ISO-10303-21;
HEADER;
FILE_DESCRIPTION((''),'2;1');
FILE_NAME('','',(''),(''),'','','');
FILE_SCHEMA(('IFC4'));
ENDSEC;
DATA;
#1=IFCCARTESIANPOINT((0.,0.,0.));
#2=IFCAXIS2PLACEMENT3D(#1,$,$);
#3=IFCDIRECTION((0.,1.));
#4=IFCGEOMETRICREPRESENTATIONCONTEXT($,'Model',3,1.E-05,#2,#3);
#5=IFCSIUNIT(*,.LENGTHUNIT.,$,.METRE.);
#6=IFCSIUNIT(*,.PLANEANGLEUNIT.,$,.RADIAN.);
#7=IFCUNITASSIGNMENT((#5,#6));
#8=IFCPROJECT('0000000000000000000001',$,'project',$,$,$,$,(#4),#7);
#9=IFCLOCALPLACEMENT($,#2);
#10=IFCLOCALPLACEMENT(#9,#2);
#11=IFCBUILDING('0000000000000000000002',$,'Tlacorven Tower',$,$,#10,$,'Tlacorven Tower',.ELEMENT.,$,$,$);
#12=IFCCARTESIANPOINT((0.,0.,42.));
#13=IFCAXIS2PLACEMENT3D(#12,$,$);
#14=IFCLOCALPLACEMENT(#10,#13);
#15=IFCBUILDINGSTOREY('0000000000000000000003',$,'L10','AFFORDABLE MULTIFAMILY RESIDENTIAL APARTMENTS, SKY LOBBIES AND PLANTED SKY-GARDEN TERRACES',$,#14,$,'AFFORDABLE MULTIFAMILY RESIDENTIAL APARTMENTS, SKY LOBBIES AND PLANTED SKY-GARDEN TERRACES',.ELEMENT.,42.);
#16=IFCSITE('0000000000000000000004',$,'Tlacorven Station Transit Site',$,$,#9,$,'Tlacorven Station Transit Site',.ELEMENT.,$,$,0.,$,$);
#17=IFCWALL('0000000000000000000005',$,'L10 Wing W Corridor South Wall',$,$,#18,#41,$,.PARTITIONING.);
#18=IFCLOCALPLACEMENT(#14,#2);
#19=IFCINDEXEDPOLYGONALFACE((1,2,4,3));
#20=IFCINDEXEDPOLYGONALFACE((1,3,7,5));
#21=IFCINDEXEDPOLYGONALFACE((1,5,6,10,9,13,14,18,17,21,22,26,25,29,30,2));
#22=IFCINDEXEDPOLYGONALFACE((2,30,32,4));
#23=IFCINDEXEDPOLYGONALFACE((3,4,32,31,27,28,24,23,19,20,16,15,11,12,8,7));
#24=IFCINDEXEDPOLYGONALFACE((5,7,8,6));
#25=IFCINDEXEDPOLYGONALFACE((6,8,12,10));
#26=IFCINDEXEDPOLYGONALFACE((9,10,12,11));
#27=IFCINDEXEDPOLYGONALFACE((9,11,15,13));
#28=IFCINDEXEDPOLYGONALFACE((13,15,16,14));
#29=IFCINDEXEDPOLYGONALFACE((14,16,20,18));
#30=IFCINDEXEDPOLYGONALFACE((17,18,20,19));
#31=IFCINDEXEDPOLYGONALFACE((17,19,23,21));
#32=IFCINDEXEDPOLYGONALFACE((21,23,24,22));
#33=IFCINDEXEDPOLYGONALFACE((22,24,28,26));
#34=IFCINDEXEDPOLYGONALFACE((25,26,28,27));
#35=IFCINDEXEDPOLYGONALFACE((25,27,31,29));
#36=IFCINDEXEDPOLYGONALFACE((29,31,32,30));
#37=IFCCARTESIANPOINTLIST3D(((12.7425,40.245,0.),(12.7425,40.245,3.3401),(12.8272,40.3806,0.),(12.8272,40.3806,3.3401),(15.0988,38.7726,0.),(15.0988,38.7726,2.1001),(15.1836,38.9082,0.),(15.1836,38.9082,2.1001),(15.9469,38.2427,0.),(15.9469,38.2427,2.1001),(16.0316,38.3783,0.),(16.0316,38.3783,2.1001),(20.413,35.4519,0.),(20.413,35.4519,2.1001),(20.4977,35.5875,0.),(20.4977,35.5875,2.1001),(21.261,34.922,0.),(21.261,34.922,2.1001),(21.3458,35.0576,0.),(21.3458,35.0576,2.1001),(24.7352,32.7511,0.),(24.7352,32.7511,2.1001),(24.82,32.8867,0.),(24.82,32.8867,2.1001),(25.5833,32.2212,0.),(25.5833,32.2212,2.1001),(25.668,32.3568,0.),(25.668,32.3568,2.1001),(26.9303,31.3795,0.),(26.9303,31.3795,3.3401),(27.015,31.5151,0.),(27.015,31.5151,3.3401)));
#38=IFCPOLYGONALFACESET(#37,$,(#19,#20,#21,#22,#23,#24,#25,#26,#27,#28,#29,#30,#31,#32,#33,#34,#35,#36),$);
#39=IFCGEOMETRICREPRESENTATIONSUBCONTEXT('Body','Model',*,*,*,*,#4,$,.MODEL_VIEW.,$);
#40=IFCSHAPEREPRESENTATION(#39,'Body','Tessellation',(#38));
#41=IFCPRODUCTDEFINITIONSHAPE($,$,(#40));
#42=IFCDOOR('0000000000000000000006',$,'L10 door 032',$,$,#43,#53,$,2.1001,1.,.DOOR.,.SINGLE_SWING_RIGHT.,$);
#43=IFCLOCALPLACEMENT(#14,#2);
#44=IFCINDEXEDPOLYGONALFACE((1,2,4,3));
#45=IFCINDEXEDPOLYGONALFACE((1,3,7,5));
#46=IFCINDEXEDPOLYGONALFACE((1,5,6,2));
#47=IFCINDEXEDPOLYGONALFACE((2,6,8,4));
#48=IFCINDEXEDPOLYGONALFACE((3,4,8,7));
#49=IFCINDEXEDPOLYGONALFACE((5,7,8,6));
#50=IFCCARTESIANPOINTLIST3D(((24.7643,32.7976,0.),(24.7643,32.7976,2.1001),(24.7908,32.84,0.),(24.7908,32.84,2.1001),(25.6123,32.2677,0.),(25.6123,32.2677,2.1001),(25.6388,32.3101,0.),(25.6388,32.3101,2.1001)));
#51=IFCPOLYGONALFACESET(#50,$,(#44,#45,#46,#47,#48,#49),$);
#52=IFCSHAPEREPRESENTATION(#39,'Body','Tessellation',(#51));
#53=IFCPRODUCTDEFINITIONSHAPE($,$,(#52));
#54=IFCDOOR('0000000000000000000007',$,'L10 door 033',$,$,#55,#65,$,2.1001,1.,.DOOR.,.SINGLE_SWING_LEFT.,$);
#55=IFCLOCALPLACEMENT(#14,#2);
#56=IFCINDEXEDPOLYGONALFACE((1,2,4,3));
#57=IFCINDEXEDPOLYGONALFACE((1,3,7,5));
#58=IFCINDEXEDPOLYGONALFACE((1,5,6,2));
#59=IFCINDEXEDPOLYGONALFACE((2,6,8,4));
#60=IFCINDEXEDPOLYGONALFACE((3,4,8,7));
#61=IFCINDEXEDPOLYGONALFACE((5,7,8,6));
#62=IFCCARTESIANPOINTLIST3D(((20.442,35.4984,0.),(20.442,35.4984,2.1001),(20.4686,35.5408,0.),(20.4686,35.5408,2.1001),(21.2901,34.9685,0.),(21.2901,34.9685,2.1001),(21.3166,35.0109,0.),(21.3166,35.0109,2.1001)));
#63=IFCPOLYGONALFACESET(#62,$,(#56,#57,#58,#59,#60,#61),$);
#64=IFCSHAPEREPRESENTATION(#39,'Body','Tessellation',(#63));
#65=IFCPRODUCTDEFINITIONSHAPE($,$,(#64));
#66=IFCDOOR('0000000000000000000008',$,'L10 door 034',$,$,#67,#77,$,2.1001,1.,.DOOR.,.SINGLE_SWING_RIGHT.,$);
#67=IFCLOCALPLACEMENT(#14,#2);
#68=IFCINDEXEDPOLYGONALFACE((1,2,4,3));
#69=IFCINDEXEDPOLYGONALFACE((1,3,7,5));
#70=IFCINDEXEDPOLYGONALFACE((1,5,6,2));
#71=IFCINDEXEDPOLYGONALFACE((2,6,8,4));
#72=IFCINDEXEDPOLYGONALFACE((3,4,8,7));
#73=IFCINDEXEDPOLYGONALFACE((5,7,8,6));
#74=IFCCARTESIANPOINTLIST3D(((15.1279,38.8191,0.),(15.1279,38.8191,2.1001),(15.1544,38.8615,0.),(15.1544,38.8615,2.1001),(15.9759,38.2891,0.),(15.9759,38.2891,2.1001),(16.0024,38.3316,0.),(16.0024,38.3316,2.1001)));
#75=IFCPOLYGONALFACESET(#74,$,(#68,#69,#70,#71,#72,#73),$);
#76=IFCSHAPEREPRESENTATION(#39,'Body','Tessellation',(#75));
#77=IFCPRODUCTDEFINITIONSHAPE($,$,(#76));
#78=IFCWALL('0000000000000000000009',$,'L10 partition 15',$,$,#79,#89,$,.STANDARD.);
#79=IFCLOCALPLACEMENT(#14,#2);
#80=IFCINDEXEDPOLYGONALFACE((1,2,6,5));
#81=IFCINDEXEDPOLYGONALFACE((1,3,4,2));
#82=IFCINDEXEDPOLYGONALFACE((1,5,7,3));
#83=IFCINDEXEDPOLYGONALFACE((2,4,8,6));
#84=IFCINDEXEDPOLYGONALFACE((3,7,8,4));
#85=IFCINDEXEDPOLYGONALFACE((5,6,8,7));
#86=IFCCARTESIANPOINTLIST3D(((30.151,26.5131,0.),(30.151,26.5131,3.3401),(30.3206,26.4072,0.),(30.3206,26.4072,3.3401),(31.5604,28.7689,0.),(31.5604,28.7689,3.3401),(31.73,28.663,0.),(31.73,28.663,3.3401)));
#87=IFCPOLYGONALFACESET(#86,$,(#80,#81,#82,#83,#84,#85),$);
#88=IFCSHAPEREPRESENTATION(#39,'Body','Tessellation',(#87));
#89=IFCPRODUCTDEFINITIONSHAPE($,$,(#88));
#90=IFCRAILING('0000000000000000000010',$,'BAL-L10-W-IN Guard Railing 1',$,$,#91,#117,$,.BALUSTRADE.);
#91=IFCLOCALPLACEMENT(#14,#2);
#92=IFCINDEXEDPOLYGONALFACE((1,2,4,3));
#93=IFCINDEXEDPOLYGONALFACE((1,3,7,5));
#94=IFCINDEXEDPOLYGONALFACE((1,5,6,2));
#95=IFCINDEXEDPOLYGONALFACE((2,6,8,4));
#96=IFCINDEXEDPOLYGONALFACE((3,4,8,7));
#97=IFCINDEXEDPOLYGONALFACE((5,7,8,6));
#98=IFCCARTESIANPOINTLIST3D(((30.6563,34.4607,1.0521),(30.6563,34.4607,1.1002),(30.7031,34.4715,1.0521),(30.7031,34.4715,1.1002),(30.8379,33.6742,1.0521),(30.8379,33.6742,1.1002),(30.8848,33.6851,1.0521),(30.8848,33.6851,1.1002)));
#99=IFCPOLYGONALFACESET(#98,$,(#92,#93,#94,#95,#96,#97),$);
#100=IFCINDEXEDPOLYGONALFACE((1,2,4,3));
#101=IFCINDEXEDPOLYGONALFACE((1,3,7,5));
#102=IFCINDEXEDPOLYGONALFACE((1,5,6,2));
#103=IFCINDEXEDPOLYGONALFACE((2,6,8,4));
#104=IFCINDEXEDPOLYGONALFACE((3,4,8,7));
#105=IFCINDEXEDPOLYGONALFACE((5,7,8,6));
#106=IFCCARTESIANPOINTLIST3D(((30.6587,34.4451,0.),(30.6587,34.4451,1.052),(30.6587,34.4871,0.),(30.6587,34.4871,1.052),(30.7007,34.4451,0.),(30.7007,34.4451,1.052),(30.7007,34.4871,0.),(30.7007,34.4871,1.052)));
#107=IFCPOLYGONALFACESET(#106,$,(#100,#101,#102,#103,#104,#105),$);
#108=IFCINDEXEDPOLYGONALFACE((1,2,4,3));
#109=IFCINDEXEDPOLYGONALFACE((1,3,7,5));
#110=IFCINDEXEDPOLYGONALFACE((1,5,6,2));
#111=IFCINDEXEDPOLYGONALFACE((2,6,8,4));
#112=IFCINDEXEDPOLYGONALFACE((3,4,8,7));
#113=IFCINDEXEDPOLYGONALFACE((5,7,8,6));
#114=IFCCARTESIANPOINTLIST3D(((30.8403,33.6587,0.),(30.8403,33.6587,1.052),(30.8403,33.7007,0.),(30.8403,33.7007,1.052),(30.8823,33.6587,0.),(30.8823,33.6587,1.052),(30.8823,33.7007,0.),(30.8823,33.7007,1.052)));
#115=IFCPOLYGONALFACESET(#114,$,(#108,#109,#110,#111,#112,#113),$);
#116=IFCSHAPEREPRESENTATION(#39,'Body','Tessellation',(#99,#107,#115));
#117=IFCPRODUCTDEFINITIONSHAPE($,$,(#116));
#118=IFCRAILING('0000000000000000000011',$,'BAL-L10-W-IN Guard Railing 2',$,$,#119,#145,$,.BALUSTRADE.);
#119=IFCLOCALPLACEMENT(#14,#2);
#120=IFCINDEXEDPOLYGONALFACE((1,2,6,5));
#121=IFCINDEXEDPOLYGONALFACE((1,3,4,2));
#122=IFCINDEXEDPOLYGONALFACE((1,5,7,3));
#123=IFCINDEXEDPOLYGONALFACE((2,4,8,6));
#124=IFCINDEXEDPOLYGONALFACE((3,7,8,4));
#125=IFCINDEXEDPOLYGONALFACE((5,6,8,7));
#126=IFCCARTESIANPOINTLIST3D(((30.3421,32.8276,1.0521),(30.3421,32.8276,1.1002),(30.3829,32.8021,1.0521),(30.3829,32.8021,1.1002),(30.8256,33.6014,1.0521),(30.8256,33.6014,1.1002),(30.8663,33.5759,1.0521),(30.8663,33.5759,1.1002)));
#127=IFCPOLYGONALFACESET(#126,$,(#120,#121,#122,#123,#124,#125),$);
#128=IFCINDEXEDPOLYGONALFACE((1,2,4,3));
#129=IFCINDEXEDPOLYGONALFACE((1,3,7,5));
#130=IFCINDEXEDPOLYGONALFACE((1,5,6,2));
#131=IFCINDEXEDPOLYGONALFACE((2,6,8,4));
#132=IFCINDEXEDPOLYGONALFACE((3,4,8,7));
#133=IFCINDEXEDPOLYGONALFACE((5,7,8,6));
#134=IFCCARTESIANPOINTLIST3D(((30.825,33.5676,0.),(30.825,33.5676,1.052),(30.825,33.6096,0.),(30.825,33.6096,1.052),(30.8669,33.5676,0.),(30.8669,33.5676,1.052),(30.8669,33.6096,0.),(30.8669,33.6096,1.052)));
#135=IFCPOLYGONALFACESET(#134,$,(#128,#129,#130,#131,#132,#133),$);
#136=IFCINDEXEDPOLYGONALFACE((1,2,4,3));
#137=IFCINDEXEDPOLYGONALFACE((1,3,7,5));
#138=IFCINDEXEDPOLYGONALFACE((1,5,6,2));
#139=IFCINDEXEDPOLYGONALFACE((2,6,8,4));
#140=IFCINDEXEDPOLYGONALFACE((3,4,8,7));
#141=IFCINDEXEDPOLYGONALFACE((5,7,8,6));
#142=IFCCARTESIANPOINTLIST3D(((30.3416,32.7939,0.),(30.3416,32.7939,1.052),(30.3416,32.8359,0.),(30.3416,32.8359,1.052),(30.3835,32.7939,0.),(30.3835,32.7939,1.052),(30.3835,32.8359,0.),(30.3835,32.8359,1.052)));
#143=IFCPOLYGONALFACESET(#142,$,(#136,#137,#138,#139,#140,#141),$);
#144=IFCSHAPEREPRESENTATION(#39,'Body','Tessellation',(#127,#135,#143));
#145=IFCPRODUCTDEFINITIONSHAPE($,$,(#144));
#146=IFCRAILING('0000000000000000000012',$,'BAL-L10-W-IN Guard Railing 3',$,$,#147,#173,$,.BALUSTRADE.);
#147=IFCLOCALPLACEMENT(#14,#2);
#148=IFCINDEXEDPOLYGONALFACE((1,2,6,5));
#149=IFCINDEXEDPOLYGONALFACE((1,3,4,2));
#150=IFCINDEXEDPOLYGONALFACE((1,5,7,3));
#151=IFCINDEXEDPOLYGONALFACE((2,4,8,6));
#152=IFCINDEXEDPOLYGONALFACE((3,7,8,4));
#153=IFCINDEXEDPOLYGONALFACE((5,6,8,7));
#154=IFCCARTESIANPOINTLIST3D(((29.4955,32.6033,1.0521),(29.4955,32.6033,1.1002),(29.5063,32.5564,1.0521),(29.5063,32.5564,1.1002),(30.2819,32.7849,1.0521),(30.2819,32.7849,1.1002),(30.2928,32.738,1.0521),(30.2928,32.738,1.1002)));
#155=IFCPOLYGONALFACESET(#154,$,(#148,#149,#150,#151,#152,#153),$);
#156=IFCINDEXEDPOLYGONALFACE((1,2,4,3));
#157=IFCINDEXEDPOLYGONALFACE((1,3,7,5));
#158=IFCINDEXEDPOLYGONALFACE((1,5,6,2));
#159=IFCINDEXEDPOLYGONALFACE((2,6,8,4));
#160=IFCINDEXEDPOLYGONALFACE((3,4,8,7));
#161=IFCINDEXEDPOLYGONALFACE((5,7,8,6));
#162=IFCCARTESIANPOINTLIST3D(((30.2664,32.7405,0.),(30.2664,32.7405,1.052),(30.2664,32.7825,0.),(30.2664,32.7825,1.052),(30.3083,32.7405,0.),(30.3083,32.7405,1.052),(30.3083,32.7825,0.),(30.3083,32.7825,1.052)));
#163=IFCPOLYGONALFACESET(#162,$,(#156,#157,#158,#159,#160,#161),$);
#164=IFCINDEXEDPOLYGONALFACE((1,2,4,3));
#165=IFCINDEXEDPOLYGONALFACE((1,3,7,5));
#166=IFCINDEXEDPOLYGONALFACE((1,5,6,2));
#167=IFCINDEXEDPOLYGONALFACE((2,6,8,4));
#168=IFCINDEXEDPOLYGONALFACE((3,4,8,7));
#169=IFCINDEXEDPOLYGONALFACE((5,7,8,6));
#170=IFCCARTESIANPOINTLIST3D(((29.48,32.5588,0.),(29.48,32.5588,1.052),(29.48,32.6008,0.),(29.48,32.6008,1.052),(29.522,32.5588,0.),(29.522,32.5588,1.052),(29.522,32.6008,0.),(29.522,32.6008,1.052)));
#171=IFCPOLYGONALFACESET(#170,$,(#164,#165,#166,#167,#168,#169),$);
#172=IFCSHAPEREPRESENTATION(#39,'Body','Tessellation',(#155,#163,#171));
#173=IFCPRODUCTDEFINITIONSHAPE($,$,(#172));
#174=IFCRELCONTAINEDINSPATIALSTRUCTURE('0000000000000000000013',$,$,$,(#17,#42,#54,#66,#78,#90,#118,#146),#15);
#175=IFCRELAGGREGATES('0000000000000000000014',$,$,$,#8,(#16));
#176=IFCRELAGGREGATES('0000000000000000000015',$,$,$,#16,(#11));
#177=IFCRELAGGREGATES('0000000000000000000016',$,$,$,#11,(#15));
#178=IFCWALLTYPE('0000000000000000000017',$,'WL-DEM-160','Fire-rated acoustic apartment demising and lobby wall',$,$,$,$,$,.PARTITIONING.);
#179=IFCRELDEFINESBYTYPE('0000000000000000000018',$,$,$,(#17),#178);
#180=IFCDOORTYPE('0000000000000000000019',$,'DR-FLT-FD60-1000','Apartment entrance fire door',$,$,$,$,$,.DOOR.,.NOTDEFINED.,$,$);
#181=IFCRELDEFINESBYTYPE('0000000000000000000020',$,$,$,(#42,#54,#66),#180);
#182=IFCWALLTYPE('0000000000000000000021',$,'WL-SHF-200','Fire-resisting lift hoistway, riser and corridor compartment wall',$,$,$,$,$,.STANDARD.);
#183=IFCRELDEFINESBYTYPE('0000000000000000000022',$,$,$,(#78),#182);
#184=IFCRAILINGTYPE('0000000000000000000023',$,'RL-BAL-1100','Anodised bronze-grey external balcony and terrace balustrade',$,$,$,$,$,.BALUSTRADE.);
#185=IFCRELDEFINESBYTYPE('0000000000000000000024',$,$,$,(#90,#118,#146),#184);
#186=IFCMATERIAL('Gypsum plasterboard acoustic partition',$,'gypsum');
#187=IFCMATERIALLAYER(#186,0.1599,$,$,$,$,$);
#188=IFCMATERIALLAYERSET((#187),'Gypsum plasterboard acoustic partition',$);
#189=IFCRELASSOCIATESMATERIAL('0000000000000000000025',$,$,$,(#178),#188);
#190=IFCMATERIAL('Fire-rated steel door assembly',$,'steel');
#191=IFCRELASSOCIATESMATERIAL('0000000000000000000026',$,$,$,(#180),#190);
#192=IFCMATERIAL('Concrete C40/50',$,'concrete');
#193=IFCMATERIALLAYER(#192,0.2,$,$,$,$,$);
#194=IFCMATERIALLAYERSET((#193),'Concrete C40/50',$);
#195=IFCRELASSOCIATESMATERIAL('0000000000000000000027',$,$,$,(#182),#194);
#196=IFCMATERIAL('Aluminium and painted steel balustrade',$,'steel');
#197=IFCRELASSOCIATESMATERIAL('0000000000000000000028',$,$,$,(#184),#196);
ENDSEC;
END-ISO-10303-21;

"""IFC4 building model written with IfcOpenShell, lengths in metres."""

from ifc_helpers import new_model, si_unit, direction, frame, frame_2d, origin, origin_2d, place, context, subcontext, project, spatial, rectangle, extrude, source, transform, mapped, material, layer, layer_set, type_object, element, fill, save


model = new_model("IFC4")

# Units and contexts
model_context = context("Model", 3, precision=1e-05, world=origin(), true_north=direction((0.0, 1.0)))
body_context = subcontext(model_context, "Body", "Model", "MODEL_VIEW")
ifc_project = project(units=[si_unit("LENGTHUNIT", "METRE"), si_unit("PLANEANGLEUNIT", "RADIAN")], contexts=[model_context])

# Site, building, storey
site_placement = place(None, origin())
site = spatial("IfcSite", under=ifc_project, at=site_placement, Name="Tlacorven Station Transit Site", LongName="Tlacorven Station Transit Site", CompositionType="ELEMENT", RefElevation=0.0)
building_placement = place(site_placement, origin())
building = spatial("IfcBuilding", under=site, at=building_placement, Name="Tlacorven Tower", LongName="Tlacorven Tower", CompositionType="ELEMENT")
storey_placement = place(building_placement, frame((0.0, 0.0, 42.0)))
storey = spatial("IfcBuildingStorey", under=building, at=storey_placement, Name="L10", Description="AFFORDABLE MULTIFAMILY RESIDENTIAL APARTMENTS, SKY LOBBIES AND PLANTED SKY-GARDEN TERRACES", LongName="AFFORDABLE MULTIFAMILY RESIDENTIAL APARTMENTS, SKY LOBBIES AND PLANTED SKY-GARDEN TERRACES", CompositionType="ELEMENT", Elevation=42.0)

# Shared definitions
ifc_material_1 = material(Name="Gypsum plasterboard acoustic partition", Category="gypsum")
ifc_layer_1 = layer(ifc_material_1, 0.1599)
ifc_layer_set_1 = layer_set([ifc_layer_1], Name="Gypsum plasterboard acoustic partition")
wall_type_1 = type_object("IfcWallType", Name="WL-DEM-160", Description="Fire-rated acoustic apartment demising and lobby wall", PredefinedType="PARTITIONING", material=ifc_layer_set_1)

# Wall, openings, doors
wall_1_placement = place(storey_placement, frame((26.9727, 31.4473, 0.0), z_axis=(0.0, 0.0, 1.0), x_axis=(-0.848048, 0.529919, 0.0)))
wall_1 = element("IfcWall", 1, at=wall_1_placement, inside=storey, type_object=wall_type_1, Name="L10 Wing W Corridor South Wall", PredefinedType="PARTITIONING", context=body_context, shape_type="SweptSolid", body=[
    extrude(rectangle(XDim=16.73, YDim=0.1599, at=frame_2d((8.365, 0.0))), origin(), (0.0, 0.0, 1.0), 3.3401),
])
opening_1_placement = place(wall_1_placement, frame((1.5884, 0.0, 0.0)))
opening_1 = element("IfcOpeningElement", 2, at=opening_1_placement, cuts=wall_1, PredefinedType="OPENING", context=body_context, shape_type="SweptSolid", body=[
    extrude(rectangle(XDim=1.0, YDim=2.1001, at=frame_2d((0.5, 1.05))), frame((0.0, 0.0898, 0.0), z_axis=(0.0, -1.0, 0.0), x_axis=(1.0, 0.0, 0.0)), (0.0, 0.0, 1.0), 0.1799),
])
opening_2_placement = place(wall_1_placement, frame((6.6851, 0.0, 0.0)))
opening_2 = element("IfcOpeningElement", 3, at=opening_2_placement, cuts=wall_1, PredefinedType="OPENING", context=body_context, shape_type="SweptSolid", body=[
    extrude(rectangle(XDim=1.0, YDim=2.1001, at=frame_2d((0.5, 1.05))), frame((0.0, 0.0898, 0.0), z_axis=(0.0, -1.0, 0.0), x_axis=(1.0, 0.0, 0.0)), (0.0, 0.0, 1.0), 0.1799),
])
opening_3_placement = place(wall_1_placement, frame((12.9514, 0.0, 0.0)))
opening_3 = element("IfcOpeningElement", 4, at=opening_3_placement, cuts=wall_1, PredefinedType="OPENING", context=body_context, shape_type="SweptSolid", body=[
    extrude(rectangle(XDim=1.0, YDim=2.1001, at=frame_2d((0.5, 1.05))), frame((0.0, 0.0898, 0.0), z_axis=(0.0, -1.0, 0.0), x_axis=(1.0, 0.0, 0.0)), (0.0, 0.0, 1.0), 0.1799),
])
ifc_material_2 = material(Name="Fire-rated steel door assembly", Category="steel")
door_type = type_object("IfcDoorType", Name="DR-FLT-FD60-1000", Description="Apartment entrance fire door", OperationType="NOTDEFINED", PredefinedType="DOOR", material=ifc_material_2)
shared_shape_1 = source(origin(), body_context, "Body", "SweptSolid", [
    extrude(rectangle(XDim=1.0, YDim=2.1001, at=frame_2d((0.5, 1.05))), frame((0.0, 0.0249, 0.0), z_axis=(0.0, -1.0, 0.0), x_axis=(1.0, 0.0, 0.0)), (0.0, 0.0, 1.0), 0.05),
])
door_1_placement = place(opening_1_placement, frame((1.0, 0.0, 0.0), z_axis=(0.0, 0.0, 1.0), x_axis=(-1.0, 0.0, 0.0)))
door_1 = element("IfcDoor", 5, at=door_1_placement, inside=storey, type_object=door_type, Name="L10 door 032", OperationType="SINGLE_SWING_RIGHT", OverallHeight=2.1001, OverallWidth=1.0, PredefinedType="DOOR", context=body_context, shape_type="MappedRepresentation", body=[
    mapped(shared_shape_1, transform((0.0, 0.0, 0.0), scale=1.0)),
])
fill(opening_1, door_1)
door_2_placement = place(opening_2_placement, frame((1.0, 0.0, 0.0), z_axis=(0.0, 0.0, 1.0), x_axis=(-1.0, 0.0, 0.0)))
door_2 = element("IfcDoor", 6, at=door_2_placement, inside=storey, type_object=door_type, Name="L10 door 033", OperationType="SINGLE_SWING_LEFT", OverallHeight=2.1001, OverallWidth=1.0, PredefinedType="DOOR", context=body_context, shape_type="MappedRepresentation", body=[
    mapped(shared_shape_1, transform((0.0, 0.0, 0.0), scale=1.0)),
])
fill(opening_2, door_2)
door_3_placement = place(opening_3_placement, frame((1.0, 0.0, 0.0), z_axis=(0.0, 0.0, 1.0), x_axis=(-1.0, 0.0, 0.0)))
door_3 = element("IfcDoor", 7, at=door_3_placement, inside=storey, type_object=door_type, Name="L10 door 034", OperationType="SINGLE_SWING_RIGHT", OverallHeight=2.1001, OverallWidth=1.0, PredefinedType="DOOR", context=body_context, shape_type="MappedRepresentation", body=[
    mapped(shared_shape_1, transform((0.0, 0.0, 0.0), scale=1.0)),
])
fill(opening_3, door_3)

# Wall
ifc_material_3 = material(Name="Concrete C40/50", Category="concrete")
ifc_layer_2 = layer(ifc_material_3, 0.2)
ifc_layer_set_2 = layer_set([ifc_layer_2], Name="Concrete C40/50")
wall_type_2 = type_object("IfcWallType", Name="WL-SHF-200", Description="Fire-resisting lift hoistway, riser and corridor compartment wall", PredefinedType="STANDARD", material=ifc_layer_set_2)
wall_2_placement = place(storey_placement, frame((31.6453, 28.7161, 0.0), z_axis=(0.0, 0.0, 1.0), x_axis=(-0.529867, -0.848081, 0.0)))
element("IfcWall", 8, at=wall_2_placement, inside=storey, type_object=wall_type_2, Name="L10 partition 15", PredefinedType="STANDARD", context=body_context, shape_type="SweptSolid", body=[
    extrude(rectangle(XDim=2.6599, YDim=0.2, at=frame_2d((1.3301, 0.0))), origin(), (0.0, 0.0, 1.0), 3.3401),
])

# Railings
ifc_material_4 = material(Name="Aluminium and painted steel balustrade", Category="steel")
railing_type = type_object("IfcRailingType", Name="RL-BAL-1100", Description="Anodised bronze-grey external balcony and terrace balustrade", PredefinedType="BALUSTRADE", material=ifc_material_4)
shared_shape_2 = source(origin(), body_context, "Body", "SweptSolid", [
    extrude(rectangle(XDim=0.0481, YDim=0.0481, at=origin_2d()), frame((0.0, 0.0, 1.0762), z_axis=(0.225058, -0.974345, 0.0), x_axis=(0.974345, 0.225058, 0.0)), (0.0, 0.0, 1.0), 0.8071),
    extrude(rectangle(XDim=0.042, YDim=0.042, at=origin_2d()), origin(), (0.0, 0.0, 1.0), 1.052),
    extrude(rectangle(XDim=0.042, YDim=0.042, at=origin_2d()), frame((0.1816, -0.7864, 0.0)), (0.0, 0.0, 1.0), 1.052),
])
railing_1_placement = place(storey_placement, frame((30.6797, 34.4661, 0.0)))
element("IfcRailing", 9, at=railing_1_placement, inside=storey, type_object=railing_type, Name="BAL-L10-W-IN Guard Railing 1", PredefinedType="BALUSTRADE", context=body_context, shape_type="MappedRepresentation", body=[
    mapped(shared_shape_2, transform((0.0, 0.0, 0.0), scale=1.0)),
])
shared_shape_3 = source(origin(), body_context, "Body", "SweptSolid", [
    extrude(rectangle(XDim=0.0481, YDim=0.0481, at=origin_2d()), frame((0.0, 0.0, 1.0762), z_axis=(-0.529879, -0.848073, 0.0), x_axis=(0.848073, -0.529879, 0.0)), (0.0, 0.0, 1.0), 0.9124),
    extrude(rectangle(XDim=0.042, YDim=0.042, at=origin_2d()), origin(), (0.0, 0.0, 1.0), 1.052),
    extrude(rectangle(XDim=0.042, YDim=0.042, at=origin_2d()), frame((-0.4834, -0.7737, 0.0)), (0.0, 0.0, 1.0), 1.052),
])
railing_2_placement = place(storey_placement, frame((30.8459, 33.5886, 0.0)))
element("IfcRailing", 10, at=railing_2_placement, inside=storey, type_object=railing_type, Name="BAL-L10-W-IN Guard Railing 2", PredefinedType="BALUSTRADE", context=body_context, shape_type="MappedRepresentation", body=[
    mapped(shared_shape_3, transform((0.0, 0.0, 0.0), scale=1.0)),
])
shared_shape_4 = source(origin(), body_context, "Body", "SweptSolid", [
    extrude(rectangle(XDim=0.0481, YDim=0.0481, at=origin_2d()), frame((0.0, 0.0, 1.0762), z_axis=(-0.974345, -0.225058, 0.0), x_axis=(0.225058, -0.974345, 0.0)), (0.0, 0.0, 1.0), 0.8071),
    extrude(rectangle(XDim=0.042, YDim=0.042, at=origin_2d()), origin(), (0.0, 0.0, 1.0), 1.052),
    extrude(rectangle(XDim=0.042, YDim=0.042, at=origin_2d()), frame((-0.7864, -0.1816, 0.0)), (0.0, 0.0, 1.0), 1.052),
])
railing_3_placement = place(storey_placement, frame((30.2874, 32.7615, 0.0)))
element("IfcRailing", 11, at=railing_3_placement, inside=storey, type_object=railing_type, Name="BAL-L10-W-IN Guard Railing 3", PredefinedType="BALUSTRADE", context=body_context, shape_type="MappedRepresentation", body=[
    mapped(shared_shape_4, transform((0.0, 0.0, 0.0), scale=1.0)),
])

save(model, "model.ifc")
